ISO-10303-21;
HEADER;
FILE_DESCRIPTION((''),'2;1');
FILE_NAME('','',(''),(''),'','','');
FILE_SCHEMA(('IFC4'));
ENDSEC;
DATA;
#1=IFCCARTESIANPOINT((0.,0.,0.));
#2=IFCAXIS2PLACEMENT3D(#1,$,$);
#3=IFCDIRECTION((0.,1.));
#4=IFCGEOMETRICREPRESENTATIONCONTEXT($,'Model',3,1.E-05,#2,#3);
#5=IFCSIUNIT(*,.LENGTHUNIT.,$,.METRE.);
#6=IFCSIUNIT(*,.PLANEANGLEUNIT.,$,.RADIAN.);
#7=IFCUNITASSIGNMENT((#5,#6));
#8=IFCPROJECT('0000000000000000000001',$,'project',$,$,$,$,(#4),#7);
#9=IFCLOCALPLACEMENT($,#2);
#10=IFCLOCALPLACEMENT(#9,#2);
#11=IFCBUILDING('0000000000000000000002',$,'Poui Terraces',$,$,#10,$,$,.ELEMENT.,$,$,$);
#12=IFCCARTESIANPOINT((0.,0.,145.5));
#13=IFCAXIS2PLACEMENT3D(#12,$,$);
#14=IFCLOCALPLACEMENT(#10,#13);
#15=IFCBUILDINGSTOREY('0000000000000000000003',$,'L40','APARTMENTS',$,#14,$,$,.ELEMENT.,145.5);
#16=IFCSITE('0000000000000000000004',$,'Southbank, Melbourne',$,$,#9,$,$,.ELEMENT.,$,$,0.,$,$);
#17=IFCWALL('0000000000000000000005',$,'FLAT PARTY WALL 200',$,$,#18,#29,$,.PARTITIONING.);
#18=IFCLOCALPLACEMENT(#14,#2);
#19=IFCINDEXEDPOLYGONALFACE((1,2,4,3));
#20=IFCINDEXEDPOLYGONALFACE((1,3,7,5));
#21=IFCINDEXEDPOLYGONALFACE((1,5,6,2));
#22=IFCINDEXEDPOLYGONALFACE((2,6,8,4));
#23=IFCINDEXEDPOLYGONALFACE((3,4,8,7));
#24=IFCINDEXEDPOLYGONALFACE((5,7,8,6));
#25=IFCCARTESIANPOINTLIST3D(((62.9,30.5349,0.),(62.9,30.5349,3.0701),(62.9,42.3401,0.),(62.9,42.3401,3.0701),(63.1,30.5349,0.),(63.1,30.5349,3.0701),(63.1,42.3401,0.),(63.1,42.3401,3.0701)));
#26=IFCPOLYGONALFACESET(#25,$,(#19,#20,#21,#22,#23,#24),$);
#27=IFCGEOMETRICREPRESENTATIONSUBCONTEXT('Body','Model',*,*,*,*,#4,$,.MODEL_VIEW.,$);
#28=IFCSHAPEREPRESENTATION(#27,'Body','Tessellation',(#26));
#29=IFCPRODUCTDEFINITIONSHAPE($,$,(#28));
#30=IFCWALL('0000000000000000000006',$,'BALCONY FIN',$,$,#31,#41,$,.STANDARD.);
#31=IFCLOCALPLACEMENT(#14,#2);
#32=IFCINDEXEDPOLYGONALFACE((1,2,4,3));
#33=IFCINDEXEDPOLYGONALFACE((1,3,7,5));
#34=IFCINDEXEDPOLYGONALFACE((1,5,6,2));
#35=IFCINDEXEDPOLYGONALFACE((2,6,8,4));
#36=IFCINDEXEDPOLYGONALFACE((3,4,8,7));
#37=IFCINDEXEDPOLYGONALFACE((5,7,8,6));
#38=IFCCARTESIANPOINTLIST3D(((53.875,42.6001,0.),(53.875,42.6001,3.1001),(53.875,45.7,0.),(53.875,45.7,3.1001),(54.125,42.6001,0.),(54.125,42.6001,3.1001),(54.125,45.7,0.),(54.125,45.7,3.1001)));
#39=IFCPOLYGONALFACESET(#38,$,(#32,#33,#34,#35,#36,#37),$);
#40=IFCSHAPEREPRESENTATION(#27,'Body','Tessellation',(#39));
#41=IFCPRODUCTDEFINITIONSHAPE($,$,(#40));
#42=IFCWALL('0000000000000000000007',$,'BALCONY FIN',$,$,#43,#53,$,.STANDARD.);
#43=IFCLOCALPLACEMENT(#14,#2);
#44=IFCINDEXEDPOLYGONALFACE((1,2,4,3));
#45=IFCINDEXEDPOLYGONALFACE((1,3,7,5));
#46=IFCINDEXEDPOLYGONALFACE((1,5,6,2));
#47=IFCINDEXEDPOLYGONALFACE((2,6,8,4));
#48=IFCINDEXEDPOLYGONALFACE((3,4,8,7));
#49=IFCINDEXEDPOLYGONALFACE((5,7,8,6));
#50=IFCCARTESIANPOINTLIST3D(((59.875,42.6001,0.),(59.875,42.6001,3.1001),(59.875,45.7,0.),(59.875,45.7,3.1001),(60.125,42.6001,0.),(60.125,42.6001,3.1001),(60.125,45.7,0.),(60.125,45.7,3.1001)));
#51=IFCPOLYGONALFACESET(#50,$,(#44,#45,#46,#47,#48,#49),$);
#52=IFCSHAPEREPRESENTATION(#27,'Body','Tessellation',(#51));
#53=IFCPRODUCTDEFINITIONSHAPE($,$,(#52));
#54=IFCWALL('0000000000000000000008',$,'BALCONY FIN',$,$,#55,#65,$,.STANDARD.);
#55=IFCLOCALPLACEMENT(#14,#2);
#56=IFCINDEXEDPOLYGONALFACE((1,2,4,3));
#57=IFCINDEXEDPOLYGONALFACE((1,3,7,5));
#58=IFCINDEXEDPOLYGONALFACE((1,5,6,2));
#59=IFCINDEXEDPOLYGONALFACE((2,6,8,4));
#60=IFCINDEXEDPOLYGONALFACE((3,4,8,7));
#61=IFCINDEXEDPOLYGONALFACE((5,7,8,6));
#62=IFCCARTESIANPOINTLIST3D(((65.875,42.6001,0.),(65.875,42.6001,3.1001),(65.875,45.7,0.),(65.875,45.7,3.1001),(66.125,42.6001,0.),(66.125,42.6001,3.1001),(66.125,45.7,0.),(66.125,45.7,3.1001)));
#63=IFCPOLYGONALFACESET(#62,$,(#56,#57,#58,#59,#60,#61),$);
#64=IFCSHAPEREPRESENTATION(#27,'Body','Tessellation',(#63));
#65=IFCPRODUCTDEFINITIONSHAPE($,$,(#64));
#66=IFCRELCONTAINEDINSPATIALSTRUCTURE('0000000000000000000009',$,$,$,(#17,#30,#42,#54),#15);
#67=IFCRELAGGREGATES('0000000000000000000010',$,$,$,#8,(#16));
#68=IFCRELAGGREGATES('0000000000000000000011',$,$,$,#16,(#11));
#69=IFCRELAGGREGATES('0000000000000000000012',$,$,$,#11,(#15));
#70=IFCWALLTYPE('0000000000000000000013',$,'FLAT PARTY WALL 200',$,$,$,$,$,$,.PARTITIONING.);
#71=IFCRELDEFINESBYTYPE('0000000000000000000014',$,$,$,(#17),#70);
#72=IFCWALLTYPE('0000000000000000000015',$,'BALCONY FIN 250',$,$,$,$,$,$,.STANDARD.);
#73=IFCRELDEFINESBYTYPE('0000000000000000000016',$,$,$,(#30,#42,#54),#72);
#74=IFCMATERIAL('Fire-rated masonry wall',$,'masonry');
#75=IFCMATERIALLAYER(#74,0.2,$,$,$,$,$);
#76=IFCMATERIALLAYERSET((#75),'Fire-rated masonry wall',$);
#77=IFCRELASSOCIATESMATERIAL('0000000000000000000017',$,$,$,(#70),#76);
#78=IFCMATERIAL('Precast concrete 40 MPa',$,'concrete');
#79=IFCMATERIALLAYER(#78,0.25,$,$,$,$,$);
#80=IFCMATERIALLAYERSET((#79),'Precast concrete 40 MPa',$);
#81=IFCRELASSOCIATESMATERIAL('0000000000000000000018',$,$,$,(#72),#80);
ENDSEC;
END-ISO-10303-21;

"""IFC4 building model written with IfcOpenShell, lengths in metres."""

from ifc_helpers import new_model, si_unit, direction, frame, frame_2d, origin, place, context, subcontext, project, spatial, polyline, rectangle, outline, extrude, source, transform, mapped, material, layer, layer_set, type_object, element, save


model = new_model("IFC4")

# Units and contexts
model_context = context("Model", 3, precision=1e-05, world=origin(), true_north=direction((0.0, 1.0)))
body_context = subcontext(model_context, "Body", "Model", "MODEL_VIEW")
ifc_project = project(units=[si_unit("LENGTHUNIT", "METRE"), si_unit("PLANEANGLEUNIT", "RADIAN")], contexts=[model_context])

# Site, building, storey
site_placement = place(None, origin())
site = spatial("IfcSite", under=ifc_project, at=site_placement, Name="Southbank, Melbourne", CompositionType="ELEMENT", RefElevation=0.0)
building_placement = place(site_placement, origin())
building = spatial("IfcBuilding", under=site, at=building_placement, Name="Poui Terraces", CompositionType="ELEMENT")
storey_placement = place(building_placement, frame((0.0, 0.0, 145.5)))
storey = spatial("IfcBuildingStorey", under=building, at=storey_placement, Name="L40", Description="APARTMENTS", CompositionType="ELEMENT", Elevation=145.5)

# Walls
ifc_material_1 = material(Name="Fire-rated masonry wall", Category="masonry")
ifc_layer_1 = layer(ifc_material_1, 0.2)
ifc_layer_set_1 = layer_set([ifc_layer_1], Name="Fire-rated masonry wall")
wall_type_1 = type_object("IfcWallType", Name="FLAT PARTY WALL 200", PredefinedType="PARTITIONING", material=ifc_layer_set_1)
wall_1_placement = place(storey_placement, frame((63.0, 30.5349, 0.0), z_axis=(0.0, 0.0, 1.0), x_axis=(0.0, 1.0, 0.0)))
element("IfcWall", 1, at=wall_1_placement, inside=storey, type_object=wall_type_1, Name="FLAT PARTY WALL 200", PredefinedType="PARTITIONING", context=body_context, shape_type="SweptSolid", body=[
    extrude(rectangle(XDim=11.8052, YDim=0.2, at=frame_2d((5.9026, 0.0))), origin(), (0.0, 0.0, 1.0), 3.0701),
])
ifc_material_2 = material(Name="Precast concrete 40 MPa", Category="concrete")
ifc_layer_2 = layer(ifc_material_2, 0.25)
ifc_layer_set_2 = layer_set([ifc_layer_2], Name="Precast concrete 40 MPa")
wall_type_2 = type_object("IfcWallType", Name="BALCONY FIN 250", PredefinedType="STANDARD", material=ifc_layer_set_2)
shared_shape_1 = source(origin(), body_context, "Body", "SweptSolid", [
    extrude(outline(polyline([(0.0, 0.0), (0.25, 0.0), (0.25, 3.0999), (0.0, 3.0999), (0.0, 0.0)])), origin(), (0.0, 0.0, 1.0), 3.1001),
])
for number, where, name in (
    (2, (53.875, 42.6001, 0.0), "BALCONY FIN"),
    (3, (59.875, 42.6001, 0.0), "BALCONY FIN"),
    (4, (65.875, 42.6001, 0.0), "BALCONY FIN"),
):
    element("IfcWall", number, at=place(storey_placement, frame(where)), inside=storey, type_object=wall_type_2, Name=name, PredefinedType="STANDARD", context=body_context, shape_type="MappedRepresentation", body=[
        mapped(shared_shape_1, transform((0.0, 0.0, 0.0))),
    ])

save(model, "model.ifc")
